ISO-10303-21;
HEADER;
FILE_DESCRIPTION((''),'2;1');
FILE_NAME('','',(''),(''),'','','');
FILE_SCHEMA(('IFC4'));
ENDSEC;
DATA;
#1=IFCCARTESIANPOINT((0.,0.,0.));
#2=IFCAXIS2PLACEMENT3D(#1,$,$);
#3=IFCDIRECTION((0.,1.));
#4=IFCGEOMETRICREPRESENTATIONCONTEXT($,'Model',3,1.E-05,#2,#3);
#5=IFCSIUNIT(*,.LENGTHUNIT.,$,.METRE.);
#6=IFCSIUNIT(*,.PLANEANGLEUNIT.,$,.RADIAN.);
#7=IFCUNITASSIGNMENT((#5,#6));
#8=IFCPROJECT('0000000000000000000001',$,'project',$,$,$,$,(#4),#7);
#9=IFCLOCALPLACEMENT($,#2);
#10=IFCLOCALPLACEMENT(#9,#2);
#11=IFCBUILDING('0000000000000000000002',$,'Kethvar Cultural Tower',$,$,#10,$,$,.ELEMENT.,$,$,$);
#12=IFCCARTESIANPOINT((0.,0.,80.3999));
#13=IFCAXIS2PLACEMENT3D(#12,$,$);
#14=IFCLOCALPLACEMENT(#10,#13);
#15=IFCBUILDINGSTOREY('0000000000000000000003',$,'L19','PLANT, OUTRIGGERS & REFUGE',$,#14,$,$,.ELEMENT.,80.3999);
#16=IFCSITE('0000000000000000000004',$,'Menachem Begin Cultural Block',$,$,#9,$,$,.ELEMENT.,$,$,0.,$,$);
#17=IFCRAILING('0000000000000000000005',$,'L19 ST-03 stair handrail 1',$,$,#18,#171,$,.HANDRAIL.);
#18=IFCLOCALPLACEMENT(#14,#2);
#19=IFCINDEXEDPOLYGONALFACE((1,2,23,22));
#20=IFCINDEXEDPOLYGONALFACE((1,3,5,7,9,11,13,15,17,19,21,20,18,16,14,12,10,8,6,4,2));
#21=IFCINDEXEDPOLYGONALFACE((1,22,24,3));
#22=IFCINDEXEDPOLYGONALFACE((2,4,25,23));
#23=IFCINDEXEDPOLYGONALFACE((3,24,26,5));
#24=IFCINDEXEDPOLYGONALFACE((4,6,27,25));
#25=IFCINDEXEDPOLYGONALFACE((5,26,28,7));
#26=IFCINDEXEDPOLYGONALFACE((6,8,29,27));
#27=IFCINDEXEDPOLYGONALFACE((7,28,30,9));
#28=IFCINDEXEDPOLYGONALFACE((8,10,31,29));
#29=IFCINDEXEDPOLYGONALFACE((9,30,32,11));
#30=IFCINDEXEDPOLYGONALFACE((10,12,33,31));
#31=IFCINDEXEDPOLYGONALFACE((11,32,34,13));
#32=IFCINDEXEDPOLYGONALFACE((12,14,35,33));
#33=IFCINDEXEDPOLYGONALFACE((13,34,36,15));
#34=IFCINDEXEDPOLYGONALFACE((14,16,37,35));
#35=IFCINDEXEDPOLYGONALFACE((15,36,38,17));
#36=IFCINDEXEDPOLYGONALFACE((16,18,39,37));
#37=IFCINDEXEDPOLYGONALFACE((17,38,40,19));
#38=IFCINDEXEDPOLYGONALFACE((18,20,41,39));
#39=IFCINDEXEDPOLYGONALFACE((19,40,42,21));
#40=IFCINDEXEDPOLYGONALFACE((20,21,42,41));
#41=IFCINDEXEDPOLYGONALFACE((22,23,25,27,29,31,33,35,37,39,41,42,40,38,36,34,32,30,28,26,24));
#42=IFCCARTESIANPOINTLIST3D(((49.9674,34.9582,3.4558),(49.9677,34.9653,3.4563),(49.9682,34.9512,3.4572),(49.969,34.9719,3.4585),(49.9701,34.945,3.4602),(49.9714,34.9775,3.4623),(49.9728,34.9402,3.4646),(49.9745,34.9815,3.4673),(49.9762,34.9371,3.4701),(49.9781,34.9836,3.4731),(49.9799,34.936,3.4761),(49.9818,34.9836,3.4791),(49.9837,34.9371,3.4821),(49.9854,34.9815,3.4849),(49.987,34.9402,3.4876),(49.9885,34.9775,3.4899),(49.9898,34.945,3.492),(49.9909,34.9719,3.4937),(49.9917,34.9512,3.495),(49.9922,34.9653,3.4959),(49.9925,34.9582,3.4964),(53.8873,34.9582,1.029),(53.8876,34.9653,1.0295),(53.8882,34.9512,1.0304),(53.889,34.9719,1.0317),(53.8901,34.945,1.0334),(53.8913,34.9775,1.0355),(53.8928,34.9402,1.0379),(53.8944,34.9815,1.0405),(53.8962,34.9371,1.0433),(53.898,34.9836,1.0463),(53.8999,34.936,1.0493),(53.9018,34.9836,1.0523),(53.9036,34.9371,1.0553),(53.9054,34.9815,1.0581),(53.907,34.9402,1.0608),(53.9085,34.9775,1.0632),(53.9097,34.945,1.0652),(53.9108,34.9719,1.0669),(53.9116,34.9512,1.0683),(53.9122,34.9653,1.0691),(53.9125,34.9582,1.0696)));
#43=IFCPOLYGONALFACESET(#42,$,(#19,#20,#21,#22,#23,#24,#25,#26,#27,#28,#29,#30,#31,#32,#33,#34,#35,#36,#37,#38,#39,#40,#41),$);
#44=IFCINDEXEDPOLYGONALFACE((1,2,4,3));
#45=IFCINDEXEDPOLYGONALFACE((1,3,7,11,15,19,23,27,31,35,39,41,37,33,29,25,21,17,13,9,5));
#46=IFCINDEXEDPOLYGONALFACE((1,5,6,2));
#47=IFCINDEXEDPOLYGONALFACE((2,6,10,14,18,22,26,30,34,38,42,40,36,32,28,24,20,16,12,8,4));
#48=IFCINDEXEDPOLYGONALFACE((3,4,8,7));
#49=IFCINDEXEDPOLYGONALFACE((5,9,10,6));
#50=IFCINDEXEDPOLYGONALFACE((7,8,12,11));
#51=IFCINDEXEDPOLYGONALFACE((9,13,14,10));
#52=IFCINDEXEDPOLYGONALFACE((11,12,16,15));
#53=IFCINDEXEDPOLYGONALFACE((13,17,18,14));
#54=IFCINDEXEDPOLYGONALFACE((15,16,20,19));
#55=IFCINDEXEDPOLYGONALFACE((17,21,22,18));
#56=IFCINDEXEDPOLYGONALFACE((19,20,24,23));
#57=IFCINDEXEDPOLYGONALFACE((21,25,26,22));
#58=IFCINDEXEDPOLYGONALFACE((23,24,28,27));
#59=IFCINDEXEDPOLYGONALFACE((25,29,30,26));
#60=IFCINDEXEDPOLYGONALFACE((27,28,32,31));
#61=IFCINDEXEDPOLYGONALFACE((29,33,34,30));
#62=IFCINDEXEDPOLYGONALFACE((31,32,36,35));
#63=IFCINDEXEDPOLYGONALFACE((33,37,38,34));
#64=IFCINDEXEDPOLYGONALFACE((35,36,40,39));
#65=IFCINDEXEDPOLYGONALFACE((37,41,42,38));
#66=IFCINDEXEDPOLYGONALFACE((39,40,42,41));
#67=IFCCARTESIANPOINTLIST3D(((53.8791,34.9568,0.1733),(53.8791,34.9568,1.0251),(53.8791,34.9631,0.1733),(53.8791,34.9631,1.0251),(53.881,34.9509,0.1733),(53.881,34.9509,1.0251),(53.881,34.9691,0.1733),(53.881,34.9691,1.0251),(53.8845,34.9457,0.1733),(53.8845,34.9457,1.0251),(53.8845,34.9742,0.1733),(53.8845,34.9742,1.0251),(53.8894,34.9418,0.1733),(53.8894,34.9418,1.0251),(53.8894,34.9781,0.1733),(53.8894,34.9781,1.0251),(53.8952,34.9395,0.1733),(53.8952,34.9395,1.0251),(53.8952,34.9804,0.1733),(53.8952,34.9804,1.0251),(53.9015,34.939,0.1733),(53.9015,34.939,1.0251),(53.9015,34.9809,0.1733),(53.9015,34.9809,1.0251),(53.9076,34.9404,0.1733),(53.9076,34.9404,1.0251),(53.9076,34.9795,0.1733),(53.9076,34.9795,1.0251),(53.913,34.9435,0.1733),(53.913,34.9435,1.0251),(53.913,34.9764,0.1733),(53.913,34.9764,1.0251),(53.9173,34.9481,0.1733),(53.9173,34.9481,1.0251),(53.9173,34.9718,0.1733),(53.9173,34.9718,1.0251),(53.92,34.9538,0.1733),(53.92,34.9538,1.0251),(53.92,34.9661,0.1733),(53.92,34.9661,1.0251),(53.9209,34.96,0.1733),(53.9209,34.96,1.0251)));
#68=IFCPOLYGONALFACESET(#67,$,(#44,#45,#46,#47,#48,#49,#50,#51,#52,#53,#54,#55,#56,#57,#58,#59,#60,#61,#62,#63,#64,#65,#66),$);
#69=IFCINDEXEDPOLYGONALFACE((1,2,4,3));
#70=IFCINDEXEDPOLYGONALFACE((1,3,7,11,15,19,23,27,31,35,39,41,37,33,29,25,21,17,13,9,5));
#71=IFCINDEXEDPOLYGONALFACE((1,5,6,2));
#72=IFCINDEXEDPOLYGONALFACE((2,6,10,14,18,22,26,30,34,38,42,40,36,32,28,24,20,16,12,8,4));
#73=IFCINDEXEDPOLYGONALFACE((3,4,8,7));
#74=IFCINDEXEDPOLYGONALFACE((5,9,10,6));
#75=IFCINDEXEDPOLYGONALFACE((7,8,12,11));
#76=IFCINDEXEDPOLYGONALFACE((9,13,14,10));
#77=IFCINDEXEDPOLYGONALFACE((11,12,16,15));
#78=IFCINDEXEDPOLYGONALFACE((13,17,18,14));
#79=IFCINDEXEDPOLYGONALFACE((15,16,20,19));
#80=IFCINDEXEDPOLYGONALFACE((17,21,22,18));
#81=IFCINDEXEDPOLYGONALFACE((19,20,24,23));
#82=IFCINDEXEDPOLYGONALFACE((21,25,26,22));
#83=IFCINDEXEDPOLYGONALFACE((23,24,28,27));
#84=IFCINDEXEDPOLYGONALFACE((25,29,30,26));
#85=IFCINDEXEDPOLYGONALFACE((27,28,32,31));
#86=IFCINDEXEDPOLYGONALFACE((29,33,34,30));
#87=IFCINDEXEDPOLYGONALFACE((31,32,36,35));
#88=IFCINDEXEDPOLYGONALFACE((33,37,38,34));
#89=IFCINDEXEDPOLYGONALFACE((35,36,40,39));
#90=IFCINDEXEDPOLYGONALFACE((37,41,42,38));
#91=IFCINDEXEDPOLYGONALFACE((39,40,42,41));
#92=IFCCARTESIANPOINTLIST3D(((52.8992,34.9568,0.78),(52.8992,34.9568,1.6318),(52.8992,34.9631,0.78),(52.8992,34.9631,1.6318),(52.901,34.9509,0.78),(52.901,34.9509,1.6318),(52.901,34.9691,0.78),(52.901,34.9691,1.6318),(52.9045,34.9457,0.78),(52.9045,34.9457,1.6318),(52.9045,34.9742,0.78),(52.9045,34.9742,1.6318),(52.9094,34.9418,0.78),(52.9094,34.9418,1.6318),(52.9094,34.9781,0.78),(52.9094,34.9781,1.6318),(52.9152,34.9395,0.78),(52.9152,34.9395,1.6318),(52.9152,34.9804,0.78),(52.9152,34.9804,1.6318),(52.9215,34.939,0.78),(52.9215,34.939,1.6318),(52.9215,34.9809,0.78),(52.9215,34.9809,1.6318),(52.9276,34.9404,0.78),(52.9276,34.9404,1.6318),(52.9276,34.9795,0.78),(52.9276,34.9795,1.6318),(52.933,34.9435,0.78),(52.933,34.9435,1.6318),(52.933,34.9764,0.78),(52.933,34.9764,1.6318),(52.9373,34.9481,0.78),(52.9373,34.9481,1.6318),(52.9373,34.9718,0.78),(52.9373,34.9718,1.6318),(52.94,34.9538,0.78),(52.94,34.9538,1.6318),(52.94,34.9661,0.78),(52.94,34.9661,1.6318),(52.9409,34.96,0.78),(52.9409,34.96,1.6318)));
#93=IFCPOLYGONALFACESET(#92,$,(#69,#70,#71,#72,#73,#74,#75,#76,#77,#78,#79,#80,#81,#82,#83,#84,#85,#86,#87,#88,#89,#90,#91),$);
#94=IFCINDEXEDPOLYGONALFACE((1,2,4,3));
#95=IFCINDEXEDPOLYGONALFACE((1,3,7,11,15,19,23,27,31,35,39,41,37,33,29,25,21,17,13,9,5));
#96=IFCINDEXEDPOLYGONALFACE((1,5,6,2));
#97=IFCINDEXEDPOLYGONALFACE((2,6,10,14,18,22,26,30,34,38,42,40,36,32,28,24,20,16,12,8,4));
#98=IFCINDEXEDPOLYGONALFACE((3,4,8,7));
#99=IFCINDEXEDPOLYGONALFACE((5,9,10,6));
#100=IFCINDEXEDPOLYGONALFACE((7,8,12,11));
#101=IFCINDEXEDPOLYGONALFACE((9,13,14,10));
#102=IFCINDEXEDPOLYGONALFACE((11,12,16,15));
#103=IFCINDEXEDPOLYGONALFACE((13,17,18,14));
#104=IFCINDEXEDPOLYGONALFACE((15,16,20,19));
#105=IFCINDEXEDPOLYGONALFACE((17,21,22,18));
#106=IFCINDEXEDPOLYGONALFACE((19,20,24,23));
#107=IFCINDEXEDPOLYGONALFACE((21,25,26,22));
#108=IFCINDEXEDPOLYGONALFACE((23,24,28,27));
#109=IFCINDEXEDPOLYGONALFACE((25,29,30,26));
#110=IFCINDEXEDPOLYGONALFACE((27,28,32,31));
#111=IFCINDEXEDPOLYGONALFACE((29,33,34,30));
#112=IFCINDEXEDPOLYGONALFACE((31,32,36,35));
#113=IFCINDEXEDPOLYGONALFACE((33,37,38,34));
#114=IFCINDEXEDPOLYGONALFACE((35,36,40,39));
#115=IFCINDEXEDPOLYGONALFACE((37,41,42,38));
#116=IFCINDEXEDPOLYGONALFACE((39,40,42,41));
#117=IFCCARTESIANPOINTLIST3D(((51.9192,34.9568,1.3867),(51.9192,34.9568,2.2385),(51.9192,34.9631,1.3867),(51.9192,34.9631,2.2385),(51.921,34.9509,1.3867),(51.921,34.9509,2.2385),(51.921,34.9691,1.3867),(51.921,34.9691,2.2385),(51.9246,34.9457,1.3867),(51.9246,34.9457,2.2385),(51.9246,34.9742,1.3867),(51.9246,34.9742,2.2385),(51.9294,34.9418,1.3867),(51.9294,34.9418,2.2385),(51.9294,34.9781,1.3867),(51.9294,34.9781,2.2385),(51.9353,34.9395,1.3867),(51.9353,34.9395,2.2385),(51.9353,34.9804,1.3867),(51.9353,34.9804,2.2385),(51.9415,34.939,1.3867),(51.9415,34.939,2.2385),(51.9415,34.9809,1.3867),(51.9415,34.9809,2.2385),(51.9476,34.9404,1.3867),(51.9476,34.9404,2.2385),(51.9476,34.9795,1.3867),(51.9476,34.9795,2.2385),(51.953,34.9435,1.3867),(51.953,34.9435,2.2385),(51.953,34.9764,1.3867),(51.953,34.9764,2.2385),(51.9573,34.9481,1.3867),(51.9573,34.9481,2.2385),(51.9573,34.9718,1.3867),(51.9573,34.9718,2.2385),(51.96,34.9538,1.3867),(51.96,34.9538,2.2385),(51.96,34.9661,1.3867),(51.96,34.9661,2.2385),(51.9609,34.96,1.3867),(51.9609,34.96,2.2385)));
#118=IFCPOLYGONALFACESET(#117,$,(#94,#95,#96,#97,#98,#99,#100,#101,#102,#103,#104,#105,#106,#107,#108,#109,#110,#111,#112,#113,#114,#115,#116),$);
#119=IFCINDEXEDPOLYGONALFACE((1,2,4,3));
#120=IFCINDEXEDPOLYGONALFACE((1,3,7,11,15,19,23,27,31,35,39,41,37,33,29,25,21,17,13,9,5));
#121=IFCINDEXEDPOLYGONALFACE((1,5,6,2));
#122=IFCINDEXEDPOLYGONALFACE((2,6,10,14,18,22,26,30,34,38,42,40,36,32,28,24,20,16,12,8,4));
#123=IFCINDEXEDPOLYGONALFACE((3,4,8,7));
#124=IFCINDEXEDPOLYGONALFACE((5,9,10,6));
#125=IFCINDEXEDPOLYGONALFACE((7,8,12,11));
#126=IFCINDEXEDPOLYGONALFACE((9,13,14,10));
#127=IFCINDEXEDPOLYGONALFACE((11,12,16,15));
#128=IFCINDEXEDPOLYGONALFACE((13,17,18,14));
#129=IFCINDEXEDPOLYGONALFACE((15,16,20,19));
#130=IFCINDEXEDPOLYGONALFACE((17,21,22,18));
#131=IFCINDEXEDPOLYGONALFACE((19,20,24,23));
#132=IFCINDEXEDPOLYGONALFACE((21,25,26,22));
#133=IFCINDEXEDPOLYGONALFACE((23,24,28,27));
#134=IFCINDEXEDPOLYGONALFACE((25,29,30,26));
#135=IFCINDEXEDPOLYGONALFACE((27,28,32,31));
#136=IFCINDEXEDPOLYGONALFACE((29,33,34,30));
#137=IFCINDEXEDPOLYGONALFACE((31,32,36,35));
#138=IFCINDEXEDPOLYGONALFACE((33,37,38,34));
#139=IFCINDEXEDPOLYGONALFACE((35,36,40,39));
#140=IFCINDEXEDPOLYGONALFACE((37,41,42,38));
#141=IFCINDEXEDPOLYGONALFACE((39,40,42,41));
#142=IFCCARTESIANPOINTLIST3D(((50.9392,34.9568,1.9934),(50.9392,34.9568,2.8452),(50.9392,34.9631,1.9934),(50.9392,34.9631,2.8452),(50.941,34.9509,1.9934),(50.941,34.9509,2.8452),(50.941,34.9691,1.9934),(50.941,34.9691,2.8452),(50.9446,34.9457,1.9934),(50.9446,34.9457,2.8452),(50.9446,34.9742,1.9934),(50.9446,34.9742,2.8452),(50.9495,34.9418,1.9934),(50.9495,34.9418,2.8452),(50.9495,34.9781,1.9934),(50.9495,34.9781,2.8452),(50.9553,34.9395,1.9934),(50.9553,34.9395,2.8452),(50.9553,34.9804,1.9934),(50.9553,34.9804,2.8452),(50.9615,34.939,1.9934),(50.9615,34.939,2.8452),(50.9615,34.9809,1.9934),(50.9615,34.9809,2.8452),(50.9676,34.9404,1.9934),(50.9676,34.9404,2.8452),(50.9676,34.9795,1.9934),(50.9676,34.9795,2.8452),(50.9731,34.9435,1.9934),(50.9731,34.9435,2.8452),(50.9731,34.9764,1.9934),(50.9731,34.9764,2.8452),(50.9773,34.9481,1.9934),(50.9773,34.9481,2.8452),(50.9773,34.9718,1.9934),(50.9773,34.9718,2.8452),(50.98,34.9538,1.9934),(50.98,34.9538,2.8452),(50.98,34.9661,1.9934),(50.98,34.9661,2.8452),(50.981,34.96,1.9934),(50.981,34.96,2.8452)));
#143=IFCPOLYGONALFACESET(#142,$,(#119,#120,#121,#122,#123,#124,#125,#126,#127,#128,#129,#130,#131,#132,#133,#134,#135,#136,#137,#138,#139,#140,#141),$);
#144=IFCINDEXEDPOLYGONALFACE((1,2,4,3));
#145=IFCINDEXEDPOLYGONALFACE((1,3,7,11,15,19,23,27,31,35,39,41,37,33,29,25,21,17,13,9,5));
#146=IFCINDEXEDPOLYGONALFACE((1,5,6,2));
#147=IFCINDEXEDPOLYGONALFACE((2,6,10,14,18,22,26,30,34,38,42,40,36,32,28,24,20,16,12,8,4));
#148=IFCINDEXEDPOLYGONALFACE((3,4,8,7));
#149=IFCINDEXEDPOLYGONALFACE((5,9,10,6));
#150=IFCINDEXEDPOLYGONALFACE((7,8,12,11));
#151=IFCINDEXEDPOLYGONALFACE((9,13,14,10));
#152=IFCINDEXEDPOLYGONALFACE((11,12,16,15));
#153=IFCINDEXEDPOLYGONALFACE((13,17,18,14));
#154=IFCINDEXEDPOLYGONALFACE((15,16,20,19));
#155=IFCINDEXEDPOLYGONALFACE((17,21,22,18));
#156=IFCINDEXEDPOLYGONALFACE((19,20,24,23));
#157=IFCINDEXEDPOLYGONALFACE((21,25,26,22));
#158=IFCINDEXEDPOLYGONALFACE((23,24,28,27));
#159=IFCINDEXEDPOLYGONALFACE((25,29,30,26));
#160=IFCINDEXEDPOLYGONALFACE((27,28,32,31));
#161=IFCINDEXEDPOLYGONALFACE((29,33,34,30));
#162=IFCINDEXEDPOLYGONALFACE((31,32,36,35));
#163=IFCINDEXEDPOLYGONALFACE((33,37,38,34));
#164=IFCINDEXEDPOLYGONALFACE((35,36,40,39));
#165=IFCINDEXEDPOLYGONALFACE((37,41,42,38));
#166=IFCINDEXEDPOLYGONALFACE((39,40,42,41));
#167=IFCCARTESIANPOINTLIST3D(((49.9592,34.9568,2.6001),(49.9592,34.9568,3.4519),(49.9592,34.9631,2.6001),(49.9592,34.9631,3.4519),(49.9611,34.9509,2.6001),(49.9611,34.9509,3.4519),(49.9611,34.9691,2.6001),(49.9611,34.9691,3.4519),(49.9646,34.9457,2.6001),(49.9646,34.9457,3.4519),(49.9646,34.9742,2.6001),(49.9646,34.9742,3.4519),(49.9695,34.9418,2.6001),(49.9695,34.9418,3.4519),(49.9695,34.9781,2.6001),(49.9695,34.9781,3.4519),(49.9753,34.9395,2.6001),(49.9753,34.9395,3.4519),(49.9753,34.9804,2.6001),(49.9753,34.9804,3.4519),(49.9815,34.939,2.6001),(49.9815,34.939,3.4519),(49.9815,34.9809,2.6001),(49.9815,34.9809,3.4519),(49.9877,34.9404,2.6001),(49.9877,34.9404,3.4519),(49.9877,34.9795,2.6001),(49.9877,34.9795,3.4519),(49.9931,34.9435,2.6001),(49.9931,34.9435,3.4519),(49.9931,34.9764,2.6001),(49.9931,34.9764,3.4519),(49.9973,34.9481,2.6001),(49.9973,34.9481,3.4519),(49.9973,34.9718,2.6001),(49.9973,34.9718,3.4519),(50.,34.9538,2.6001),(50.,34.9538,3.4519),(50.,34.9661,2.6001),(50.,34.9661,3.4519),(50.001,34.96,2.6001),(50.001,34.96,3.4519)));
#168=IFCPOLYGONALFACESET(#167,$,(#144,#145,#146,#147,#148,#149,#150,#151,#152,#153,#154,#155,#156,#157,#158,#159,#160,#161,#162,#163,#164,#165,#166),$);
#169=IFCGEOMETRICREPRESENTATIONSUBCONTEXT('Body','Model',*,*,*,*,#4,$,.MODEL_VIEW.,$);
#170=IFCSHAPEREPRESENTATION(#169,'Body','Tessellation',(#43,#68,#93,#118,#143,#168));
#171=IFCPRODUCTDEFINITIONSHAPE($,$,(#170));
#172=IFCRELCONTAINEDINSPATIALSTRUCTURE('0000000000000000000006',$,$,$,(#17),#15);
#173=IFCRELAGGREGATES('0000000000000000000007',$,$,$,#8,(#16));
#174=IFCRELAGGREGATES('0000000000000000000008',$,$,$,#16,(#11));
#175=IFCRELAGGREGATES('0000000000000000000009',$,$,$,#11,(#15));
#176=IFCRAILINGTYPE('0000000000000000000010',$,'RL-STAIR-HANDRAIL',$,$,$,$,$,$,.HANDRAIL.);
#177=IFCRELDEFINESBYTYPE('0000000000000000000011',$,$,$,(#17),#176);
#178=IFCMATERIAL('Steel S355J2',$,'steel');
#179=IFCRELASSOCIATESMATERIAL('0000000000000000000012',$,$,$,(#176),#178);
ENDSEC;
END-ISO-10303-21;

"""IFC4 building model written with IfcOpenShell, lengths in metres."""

from ifc_helpers import new_model, si_unit, direction, frame, origin, origin_2d, place, context, subcontext, project, spatial, circle, extrude, material, type_object, element, save


model = new_model("IFC4")

# Units and contexts
model_context = context("Model", 3, precision=1e-05, world=origin(), true_north=direction((0.0, 1.0)))
body_context = subcontext(model_context, "Body", "Model", "MODEL_VIEW")
ifc_project = project(units=[si_unit("LENGTHUNIT", "METRE"), si_unit("PLANEANGLEUNIT", "RADIAN")], contexts=[model_context])

# Site, building, storey
site_placement = place(None, origin())
site = spatial("IfcSite", under=ifc_project, at=site_placement, Name="Menachem Begin Cultural Block", CompositionType="ELEMENT", RefElevation=0.0)
building_placement = place(site_placement, origin())
building = spatial("IfcBuilding", under=site, at=building_placement, Name="Kethvar Cultural Tower", CompositionType="ELEMENT")
storey_placement = place(building_placement, frame((0.0, 0.0, 80.3999)))
storey = spatial("IfcBuildingStorey", under=building, at=storey_placement, Name="L19", Description="PLANT, OUTRIGGERS & REFUGE", CompositionType="ELEMENT", Elevation=80.3999)

# Shared definitions
ifc_material_1 = material(Name="Steel S355J2", Category="steel")

# Railing
railing_type = type_object("IfcRailingType", Name="RL-STAIR-HANDRAIL", PredefinedType="HANDRAIL", material=ifc_material_1)
railing_placement = place(storey_placement, frame((53.8999, 34.96, 0.1733)))
element("IfcRailing", 1, at=railing_placement, inside=storey, type_object=railing_type, Name="L19 ST-03 stair handrail 1", PredefinedType="HANDRAIL", context=body_context, shape_type="SweptSolid", body=[
    extrude(circle(Radius=0.0239, at=origin_2d()), frame((0.0, 0.0, 0.876), z_axis=(-0.850252, 0.0, 0.526376), x_axis=(0.0, -1.0, 0.0)), (0.0, 0.0, 1.0), 4.6104),
    extrude(circle(Radius=0.021, at=origin_2d()), origin(), (0.0, 0.0, 1.0), 0.8518),
    extrude(circle(Radius=0.021, at=origin_2d()), frame((-0.98, 0.0, 0.6067)), (0.0, 0.0, 1.0), 0.8518),
    extrude(circle(Radius=0.021, at=origin_2d()), frame((-1.96, 0.0, 1.2134)), (0.0, 0.0, 1.0), 0.8518),
    extrude(circle(Radius=0.021, at=origin_2d()), frame((-2.9399, 0.0, 1.8201)), (0.0, 0.0, 1.0), 0.8518),
    extrude(circle(Radius=0.021, at=origin_2d()), frame((-3.9199, 0.0, 2.4268)), (0.0, 0.0, 1.0), 0.8518),
])

save(model, "model.ifc")
